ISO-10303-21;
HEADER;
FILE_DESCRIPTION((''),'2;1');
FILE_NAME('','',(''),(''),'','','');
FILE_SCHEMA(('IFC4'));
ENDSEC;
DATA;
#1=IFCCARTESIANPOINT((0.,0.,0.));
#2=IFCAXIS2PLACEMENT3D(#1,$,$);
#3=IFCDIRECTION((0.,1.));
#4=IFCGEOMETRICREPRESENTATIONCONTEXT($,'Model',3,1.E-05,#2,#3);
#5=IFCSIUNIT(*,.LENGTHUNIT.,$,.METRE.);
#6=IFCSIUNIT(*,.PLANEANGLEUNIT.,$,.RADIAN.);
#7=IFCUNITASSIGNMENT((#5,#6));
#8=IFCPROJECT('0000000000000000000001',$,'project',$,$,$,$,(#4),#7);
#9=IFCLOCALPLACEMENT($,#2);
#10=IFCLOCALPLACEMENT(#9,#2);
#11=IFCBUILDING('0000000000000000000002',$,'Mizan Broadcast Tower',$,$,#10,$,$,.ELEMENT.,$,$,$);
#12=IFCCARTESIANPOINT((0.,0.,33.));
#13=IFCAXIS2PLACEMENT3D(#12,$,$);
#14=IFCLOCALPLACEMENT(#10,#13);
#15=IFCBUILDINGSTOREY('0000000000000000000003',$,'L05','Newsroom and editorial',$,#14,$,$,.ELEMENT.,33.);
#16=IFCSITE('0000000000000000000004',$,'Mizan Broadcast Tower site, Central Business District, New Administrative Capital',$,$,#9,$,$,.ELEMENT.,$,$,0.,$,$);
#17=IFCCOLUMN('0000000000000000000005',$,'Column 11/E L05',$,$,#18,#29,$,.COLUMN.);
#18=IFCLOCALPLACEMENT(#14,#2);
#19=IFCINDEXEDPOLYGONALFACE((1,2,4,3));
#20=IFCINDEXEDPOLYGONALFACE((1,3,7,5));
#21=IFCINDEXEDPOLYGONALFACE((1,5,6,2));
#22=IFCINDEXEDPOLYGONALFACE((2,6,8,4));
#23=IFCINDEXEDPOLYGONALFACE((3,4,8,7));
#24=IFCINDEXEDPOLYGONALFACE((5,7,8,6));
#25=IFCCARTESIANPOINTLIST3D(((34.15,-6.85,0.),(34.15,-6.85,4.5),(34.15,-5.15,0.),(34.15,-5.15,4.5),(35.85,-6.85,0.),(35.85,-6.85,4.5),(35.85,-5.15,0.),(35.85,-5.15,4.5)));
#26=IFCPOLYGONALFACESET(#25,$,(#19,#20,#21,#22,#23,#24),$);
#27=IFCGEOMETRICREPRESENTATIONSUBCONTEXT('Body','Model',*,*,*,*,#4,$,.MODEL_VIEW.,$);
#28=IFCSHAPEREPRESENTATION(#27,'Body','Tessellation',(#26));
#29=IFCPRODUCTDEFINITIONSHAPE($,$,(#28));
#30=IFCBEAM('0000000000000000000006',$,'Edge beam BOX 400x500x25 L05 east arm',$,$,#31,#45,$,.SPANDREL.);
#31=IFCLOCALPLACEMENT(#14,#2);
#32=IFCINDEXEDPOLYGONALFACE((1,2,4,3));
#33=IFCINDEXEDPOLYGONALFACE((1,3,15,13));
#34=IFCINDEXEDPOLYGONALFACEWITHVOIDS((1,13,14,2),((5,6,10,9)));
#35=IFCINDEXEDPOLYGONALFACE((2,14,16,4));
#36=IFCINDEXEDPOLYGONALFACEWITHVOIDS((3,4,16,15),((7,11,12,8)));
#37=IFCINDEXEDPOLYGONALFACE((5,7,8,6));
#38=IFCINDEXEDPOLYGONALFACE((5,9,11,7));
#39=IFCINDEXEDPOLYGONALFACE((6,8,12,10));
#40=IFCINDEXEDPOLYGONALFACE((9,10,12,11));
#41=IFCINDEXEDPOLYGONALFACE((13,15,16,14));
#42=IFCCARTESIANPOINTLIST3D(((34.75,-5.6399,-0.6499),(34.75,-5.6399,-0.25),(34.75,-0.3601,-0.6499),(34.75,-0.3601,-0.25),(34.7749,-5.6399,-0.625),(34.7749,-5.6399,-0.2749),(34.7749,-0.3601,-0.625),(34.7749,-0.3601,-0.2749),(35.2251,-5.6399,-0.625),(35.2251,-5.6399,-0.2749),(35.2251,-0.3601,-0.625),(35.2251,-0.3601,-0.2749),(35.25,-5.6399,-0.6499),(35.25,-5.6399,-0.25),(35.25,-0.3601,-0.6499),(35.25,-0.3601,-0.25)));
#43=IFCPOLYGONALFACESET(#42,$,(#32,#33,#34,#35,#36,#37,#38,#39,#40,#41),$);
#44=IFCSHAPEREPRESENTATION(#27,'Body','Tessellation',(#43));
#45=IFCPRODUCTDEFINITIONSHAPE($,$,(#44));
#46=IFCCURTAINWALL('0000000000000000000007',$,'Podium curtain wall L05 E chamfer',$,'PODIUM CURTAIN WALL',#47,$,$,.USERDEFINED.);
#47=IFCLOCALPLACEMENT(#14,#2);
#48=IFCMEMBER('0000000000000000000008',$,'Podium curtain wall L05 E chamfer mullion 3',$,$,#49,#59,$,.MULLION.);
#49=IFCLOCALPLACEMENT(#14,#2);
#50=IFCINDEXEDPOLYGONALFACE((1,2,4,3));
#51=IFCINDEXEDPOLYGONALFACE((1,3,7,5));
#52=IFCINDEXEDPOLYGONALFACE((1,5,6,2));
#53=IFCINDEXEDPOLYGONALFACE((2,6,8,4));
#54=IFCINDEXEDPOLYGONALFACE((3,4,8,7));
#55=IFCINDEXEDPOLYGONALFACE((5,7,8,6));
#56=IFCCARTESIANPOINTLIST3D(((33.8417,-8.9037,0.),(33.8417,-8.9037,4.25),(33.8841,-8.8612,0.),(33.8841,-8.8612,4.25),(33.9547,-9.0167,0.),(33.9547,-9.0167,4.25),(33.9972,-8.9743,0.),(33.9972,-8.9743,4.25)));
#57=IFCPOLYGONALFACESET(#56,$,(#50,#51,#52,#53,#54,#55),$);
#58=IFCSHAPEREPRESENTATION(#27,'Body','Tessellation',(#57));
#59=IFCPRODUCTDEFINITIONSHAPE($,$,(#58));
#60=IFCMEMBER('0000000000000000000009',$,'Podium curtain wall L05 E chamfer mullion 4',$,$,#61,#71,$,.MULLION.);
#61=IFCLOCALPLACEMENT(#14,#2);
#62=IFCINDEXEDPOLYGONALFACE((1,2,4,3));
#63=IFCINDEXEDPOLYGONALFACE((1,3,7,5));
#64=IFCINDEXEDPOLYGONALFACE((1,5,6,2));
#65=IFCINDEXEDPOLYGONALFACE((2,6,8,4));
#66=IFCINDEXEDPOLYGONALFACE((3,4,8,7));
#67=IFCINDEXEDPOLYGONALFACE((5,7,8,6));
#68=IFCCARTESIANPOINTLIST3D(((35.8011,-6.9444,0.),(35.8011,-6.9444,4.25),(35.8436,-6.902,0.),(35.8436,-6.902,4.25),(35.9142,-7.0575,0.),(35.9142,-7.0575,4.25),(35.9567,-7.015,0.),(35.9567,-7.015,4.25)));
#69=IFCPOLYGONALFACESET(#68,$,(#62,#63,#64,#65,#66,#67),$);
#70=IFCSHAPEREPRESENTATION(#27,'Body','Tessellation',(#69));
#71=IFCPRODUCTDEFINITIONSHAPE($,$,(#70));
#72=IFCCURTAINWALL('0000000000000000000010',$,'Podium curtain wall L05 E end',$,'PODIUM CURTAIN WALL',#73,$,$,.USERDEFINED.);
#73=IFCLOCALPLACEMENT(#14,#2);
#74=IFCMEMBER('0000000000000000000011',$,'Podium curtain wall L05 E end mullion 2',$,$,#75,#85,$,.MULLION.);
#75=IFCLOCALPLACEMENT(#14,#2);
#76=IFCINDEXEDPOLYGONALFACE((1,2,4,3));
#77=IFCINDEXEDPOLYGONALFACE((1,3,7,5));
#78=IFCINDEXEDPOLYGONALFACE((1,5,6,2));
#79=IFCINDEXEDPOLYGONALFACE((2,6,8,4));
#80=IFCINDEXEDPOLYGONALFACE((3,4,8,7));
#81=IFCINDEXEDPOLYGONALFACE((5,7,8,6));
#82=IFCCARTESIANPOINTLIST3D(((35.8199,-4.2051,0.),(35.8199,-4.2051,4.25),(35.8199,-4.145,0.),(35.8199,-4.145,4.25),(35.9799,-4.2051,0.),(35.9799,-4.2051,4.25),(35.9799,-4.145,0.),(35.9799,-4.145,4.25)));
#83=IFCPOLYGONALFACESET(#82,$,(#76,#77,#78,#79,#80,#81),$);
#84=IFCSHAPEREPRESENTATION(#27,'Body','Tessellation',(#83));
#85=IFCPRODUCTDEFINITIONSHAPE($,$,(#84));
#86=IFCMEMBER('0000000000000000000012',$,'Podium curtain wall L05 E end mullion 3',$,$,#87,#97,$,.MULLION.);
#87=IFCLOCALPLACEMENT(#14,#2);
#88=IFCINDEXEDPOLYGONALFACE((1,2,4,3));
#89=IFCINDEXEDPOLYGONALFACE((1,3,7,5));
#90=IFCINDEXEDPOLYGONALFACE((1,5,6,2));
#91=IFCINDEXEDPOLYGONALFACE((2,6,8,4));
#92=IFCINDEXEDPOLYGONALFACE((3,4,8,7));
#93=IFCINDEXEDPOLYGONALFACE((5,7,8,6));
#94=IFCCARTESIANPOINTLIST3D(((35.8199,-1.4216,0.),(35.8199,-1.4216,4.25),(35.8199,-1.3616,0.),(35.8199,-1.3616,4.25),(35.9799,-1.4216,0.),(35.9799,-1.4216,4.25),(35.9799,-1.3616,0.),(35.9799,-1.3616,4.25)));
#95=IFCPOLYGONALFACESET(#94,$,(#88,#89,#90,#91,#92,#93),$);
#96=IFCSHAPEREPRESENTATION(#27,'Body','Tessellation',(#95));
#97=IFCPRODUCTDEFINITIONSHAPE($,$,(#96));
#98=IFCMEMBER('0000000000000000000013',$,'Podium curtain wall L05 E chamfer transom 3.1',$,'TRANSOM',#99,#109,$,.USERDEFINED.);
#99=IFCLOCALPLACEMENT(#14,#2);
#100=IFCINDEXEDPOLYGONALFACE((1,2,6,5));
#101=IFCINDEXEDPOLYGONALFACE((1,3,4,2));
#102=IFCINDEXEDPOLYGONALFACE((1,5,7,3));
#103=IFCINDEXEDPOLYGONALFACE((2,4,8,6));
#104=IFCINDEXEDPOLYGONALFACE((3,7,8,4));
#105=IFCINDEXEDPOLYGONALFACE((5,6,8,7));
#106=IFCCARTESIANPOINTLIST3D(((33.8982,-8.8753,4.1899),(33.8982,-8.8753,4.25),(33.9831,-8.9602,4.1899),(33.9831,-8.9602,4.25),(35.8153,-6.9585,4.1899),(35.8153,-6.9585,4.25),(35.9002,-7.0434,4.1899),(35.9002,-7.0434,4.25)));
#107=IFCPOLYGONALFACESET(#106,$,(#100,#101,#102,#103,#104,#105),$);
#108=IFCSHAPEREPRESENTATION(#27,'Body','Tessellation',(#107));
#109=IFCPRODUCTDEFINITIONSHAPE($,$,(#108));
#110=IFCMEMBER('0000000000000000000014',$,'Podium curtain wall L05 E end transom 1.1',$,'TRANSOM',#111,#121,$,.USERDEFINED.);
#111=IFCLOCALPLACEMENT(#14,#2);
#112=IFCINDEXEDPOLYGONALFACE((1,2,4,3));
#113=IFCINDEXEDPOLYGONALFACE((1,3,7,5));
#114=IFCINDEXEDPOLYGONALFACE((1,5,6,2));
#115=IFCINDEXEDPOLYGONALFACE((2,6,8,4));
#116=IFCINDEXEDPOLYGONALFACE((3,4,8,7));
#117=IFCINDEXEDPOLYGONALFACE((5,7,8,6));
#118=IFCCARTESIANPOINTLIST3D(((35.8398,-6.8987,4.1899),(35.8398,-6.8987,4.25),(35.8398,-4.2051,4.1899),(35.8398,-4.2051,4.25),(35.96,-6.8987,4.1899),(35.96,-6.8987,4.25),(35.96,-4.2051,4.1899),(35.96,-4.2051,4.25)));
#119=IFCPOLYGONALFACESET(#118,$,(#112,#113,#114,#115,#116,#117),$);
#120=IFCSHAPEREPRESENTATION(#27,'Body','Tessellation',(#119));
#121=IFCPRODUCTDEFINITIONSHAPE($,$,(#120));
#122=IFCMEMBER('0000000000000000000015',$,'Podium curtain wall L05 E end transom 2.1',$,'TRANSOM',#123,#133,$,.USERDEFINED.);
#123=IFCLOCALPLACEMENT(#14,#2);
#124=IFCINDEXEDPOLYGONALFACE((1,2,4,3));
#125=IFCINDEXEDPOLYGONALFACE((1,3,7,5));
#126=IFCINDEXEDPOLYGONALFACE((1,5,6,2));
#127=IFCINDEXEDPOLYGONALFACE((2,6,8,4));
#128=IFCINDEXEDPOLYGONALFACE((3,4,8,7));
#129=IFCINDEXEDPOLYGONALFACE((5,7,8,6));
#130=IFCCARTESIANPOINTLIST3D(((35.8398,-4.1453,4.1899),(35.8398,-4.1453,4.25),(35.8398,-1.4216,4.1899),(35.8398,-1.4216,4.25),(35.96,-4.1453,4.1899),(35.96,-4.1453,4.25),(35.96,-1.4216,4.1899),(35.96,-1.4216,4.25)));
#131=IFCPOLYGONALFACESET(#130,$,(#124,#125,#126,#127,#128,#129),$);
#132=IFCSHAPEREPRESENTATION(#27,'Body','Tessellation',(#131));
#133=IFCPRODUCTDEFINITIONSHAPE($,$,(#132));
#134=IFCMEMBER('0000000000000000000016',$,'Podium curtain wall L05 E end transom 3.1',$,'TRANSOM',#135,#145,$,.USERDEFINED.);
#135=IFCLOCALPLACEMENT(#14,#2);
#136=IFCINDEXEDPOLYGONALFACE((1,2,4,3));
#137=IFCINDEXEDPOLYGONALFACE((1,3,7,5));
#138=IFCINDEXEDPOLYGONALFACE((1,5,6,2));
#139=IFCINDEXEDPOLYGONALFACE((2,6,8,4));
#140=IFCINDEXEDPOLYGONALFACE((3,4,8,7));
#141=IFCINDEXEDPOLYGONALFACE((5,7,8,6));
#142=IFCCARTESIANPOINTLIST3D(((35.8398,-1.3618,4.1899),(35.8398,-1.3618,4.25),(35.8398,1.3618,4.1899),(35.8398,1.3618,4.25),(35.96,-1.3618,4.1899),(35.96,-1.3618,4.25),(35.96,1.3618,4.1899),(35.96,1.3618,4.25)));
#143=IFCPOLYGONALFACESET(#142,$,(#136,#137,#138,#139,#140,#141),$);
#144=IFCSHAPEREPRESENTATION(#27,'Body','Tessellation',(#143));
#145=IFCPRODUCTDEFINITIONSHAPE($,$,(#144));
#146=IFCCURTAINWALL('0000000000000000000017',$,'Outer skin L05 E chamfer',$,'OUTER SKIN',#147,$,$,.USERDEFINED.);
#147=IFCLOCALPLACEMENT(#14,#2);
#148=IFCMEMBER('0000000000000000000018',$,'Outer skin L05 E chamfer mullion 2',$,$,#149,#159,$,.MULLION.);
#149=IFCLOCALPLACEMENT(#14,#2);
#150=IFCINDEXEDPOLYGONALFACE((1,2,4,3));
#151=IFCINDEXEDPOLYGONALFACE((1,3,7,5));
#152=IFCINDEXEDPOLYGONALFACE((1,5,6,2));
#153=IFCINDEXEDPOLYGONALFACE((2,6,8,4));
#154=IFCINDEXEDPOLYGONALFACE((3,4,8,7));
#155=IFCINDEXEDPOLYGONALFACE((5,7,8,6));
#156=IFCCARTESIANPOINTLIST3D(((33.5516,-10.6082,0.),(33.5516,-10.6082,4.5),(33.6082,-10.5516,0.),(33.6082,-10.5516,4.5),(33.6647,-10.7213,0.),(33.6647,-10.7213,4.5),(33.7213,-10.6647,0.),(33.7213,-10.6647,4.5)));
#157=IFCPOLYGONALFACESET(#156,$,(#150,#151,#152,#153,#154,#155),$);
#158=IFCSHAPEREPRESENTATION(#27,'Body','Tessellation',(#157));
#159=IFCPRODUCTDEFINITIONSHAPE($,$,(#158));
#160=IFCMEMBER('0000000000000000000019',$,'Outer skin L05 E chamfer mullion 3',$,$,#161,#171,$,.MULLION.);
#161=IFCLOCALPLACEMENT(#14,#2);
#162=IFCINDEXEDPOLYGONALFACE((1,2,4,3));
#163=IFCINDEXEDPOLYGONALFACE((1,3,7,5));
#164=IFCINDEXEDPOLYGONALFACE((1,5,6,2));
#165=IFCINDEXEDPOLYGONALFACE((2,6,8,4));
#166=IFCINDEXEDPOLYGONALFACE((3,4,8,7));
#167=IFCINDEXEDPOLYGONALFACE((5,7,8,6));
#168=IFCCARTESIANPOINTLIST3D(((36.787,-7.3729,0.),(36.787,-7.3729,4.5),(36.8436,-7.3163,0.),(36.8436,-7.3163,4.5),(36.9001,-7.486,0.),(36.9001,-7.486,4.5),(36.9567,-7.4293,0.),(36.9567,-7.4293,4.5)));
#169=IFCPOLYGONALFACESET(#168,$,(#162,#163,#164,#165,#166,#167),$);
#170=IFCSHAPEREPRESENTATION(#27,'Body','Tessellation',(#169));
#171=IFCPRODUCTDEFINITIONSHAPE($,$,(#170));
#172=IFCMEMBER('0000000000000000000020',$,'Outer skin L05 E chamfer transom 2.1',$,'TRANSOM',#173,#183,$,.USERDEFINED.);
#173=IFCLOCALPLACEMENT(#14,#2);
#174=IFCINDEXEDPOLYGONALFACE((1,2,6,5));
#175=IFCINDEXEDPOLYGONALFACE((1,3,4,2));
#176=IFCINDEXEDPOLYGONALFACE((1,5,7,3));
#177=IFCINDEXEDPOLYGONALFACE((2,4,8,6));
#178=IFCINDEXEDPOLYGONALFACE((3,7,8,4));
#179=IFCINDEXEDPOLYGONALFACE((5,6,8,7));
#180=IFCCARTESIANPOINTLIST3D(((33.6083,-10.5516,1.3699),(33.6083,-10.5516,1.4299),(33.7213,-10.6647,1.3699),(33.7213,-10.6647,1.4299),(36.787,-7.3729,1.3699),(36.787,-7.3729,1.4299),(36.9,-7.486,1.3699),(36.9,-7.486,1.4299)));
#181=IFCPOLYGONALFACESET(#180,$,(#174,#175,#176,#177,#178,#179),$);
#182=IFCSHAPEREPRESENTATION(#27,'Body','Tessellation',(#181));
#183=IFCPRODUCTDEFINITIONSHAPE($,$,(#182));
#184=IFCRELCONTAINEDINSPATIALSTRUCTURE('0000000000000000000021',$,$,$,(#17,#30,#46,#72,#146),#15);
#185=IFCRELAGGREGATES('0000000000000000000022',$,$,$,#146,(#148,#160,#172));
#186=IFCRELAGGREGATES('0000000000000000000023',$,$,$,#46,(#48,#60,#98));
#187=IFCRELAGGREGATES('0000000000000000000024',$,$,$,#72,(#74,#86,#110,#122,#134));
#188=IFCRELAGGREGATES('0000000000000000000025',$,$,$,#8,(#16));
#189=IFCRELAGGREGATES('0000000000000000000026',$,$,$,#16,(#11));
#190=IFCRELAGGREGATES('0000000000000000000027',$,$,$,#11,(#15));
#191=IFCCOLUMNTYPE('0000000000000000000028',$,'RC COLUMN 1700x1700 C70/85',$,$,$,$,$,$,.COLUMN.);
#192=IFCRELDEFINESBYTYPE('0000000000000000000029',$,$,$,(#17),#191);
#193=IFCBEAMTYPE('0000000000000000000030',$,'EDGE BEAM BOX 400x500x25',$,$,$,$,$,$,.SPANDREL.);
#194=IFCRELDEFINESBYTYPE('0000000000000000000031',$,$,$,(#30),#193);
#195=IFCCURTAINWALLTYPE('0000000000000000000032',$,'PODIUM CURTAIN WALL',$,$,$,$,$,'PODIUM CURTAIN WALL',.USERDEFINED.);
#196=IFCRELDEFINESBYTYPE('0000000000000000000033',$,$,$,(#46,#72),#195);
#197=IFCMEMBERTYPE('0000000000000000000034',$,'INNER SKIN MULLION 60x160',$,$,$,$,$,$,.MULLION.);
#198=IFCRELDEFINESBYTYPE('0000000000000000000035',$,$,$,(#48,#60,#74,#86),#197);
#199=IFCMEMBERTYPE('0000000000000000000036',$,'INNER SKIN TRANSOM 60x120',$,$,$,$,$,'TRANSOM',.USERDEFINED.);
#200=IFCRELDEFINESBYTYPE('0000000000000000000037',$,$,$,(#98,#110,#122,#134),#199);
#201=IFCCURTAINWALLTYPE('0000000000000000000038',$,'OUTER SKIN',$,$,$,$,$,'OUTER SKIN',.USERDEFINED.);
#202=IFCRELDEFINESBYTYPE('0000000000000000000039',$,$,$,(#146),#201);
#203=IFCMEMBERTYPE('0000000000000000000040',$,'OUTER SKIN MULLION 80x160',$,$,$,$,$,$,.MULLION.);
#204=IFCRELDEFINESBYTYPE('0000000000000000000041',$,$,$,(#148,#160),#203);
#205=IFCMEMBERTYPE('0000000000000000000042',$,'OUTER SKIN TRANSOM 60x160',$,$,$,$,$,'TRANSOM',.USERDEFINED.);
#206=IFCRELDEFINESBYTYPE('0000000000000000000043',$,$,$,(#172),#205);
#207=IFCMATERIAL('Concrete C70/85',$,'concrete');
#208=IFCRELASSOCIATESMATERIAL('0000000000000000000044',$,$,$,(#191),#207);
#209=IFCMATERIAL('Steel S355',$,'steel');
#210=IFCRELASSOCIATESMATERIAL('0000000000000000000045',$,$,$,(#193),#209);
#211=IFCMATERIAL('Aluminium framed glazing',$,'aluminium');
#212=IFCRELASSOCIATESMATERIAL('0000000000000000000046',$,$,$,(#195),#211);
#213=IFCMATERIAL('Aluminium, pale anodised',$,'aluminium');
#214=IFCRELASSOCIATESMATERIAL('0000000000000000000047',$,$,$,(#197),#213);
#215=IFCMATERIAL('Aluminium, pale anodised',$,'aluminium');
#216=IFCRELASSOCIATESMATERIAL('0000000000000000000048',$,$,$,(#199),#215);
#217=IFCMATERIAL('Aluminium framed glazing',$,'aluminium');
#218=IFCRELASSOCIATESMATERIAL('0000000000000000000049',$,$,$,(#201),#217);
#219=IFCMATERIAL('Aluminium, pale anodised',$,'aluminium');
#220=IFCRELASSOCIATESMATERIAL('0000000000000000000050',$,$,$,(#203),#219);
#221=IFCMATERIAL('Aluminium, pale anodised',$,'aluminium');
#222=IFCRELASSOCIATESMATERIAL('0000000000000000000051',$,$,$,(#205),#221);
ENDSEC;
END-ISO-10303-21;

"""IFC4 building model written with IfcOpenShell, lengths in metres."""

from ifc_helpers import new_model, si_unit, direction, frame, origin, origin_2d, place, context, subcontext, project, spatial, rectangle, hollow_rectangle, extrude, material, material_profile, profile_set, type_object, element, aggregate, save


model = new_model("IFC4")

# Units and contexts
model_context = context("Model", 3, precision=1e-05, world=origin(), true_north=direction((0.0, 1.0)))
body_context = subcontext(model_context, "Body", "Model", "MODEL_VIEW")
ifc_project = project(units=[si_unit("LENGTHUNIT", "METRE"), si_unit("PLANEANGLEUNIT", "RADIAN")], contexts=[model_context])

# Site, building, storey
site_placement = place(None, origin())
site = spatial("IfcSite", under=ifc_project, at=site_placement, Name="Mizan Broadcast Tower site, Central Business District, New Administrative Capital", CompositionType="ELEMENT", RefElevation=0.0)
building_placement = place(site_placement, origin())
building = spatial("IfcBuilding", under=site, at=building_placement, Name="Mizan Broadcast Tower", CompositionType="ELEMENT")
storey_placement = place(building_placement, frame((0.0, 0.0, 33.0)))
storey = spatial("IfcBuildingStorey", under=building, at=storey_placement, Name="L05", Description="Newsroom and editorial", CompositionType="ELEMENT", Elevation=33.0)

# Column
ifc_material_1 = material(Name="Concrete C70/85", Category="concrete")
ifc_material_profile_1 = material_profile(ifc_material_1, rectangle(XDim=1.7, YDim=1.7, at=origin_2d()), Name="RC 1700x1700")
ifc_profile_set_1 = profile_set([ifc_material_profile_1], Name="Concrete C70/85")
column_type = type_object("IfcColumnType", Name="RC COLUMN 1700x1700 C70/85", PredefinedType="COLUMN", material=ifc_profile_set_1)
column_placement = place(storey_placement, frame((35.0, -6.0, 0.0), z_axis=(0.0, 0.0, 1.0), x_axis=(1.0, 0.0, 0.0)))
element("IfcColumn", 1, at=column_placement, inside=storey, type_object=column_type, Name="Column 11/E L05", PredefinedType="COLUMN", context=body_context, shape_type="SweptSolid", body=[
    extrude(rectangle(XDim=1.7, YDim=1.7, at=origin_2d()), origin(), (0.0, 0.0, 1.0), 4.5),
])

# Beam
ifc_material_2 = material(Name="Steel S355", Category="steel")
ifc_material_profile_2 = material_profile(ifc_material_2, hollow_rectangle(XDim=0.5, YDim=0.3999, WallThickness=0.0249, at=origin_2d()), Name="BOX 400x500x25")
ifc_profile_set_2 = profile_set([ifc_material_profile_2], Name="Steel S355")
beam_type = type_object("IfcBeamType", Name="EDGE BEAM BOX 400x500x25", PredefinedType="SPANDREL", material=ifc_profile_set_2)
beam_placement = place(storey_placement, frame((35.0, -5.6399, -0.45), z_axis=(0.0, 1.0, 0.0), x_axis=(-1.0, 0.0, 0.0)))
element("IfcBeam", 2, at=beam_placement, inside=storey, type_object=beam_type, Name="Edge beam BOX 400x500x25 L05 east arm", PredefinedType="SPANDREL", context=body_context, shape_type="SweptSolid", body=[
    extrude(hollow_rectangle(XDim=0.5, YDim=0.3999, WallThickness=0.0249, at=origin_2d()), origin(), (0.0, 0.0, 1.0), 5.2798),
])

# Curtain walls, members
ifc_material_3 = material(Name="Aluminium framed glazing", Category="aluminium")
curtain_wall_type_1 = type_object("IfcCurtainWallType", Name="PODIUM CURTAIN WALL", ElementType="PODIUM CURTAIN WALL", PredefinedType="USERDEFINED", material=ifc_material_3)
curtain_wall_1_placement = place(storey_placement, origin())
curtain_wall_1 = element("IfcCurtainWall", 3, at=curtain_wall_1_placement, inside=storey, type_object=curtain_wall_type_1, Name="Podium curtain wall L05 E chamfer", ObjectType="PODIUM CURTAIN WALL", PredefinedType="USERDEFINED")
ifc_material_4 = material(Name="Aluminium, pale anodised", Category="aluminium")
ifc_material_profile_3 = material_profile(ifc_material_4, rectangle(XDim=0.1599, YDim=0.0601, at=origin_2d()), Name="MULLION 160x60")
ifc_profile_set_3 = profile_set([ifc_material_profile_3], Name="Aluminium, pale anodised")
member_type_1 = type_object("IfcMemberType", Name="INNER SKIN MULLION 60x160", PredefinedType="MULLION", material=ifc_profile_set_3)
member_1_placement = place(storey_placement, frame((33.9194, -8.939, 0.0), z_axis=(0.0, 0.0, 1.0), x_axis=(-0.707107, 0.707107, 0.0)))
member_1 = element("IfcMember", 4, at=member_1_placement, type_object=member_type_1, Name="Podium curtain wall L05 E chamfer mullion 3", PredefinedType="MULLION", context=body_context, shape_type="SweptSolid", body=[
    extrude(rectangle(XDim=0.1599, YDim=0.0601, at=origin_2d()), origin(), (0.0, 0.0, 1.0), 4.25),
])
member_2_placement = place(storey_placement, frame((35.8789, -6.9797, 0.0), z_axis=(0.0, 0.0, 1.0), x_axis=(-0.707107, 0.707107, 0.0)))
member_2 = element("IfcMember", 5, at=member_2_placement, type_object=member_type_1, Name="Podium curtain wall L05 E chamfer mullion 4", PredefinedType="MULLION", context=body_context, shape_type="SweptSolid", body=[
    extrude(rectangle(XDim=0.1599, YDim=0.0601, at=origin_2d()), origin(), (0.0, 0.0, 1.0), 4.25),
])
curtain_wall_2_placement = place(storey_placement, origin())
curtain_wall_2 = element("IfcCurtainWall", 6, at=curtain_wall_2_placement, inside=storey, type_object=curtain_wall_type_1, Name="Podium curtain wall L05 E end", ObjectType="PODIUM CURTAIN WALL", PredefinedType="USERDEFINED")
member_3_placement = place(storey_placement, frame((35.8999, -4.175, 0.0), z_axis=(0.0, 0.0, 1.0), x_axis=(-1.0, 0.0, 0.0)))
member_3 = element("IfcMember", 7, at=member_3_placement, type_object=member_type_1, Name="Podium curtain wall L05 E end mullion 2", PredefinedType="MULLION", context=body_context, shape_type="SweptSolid", body=[
    extrude(rectangle(XDim=0.1599, YDim=0.0601, at=origin_2d()), origin(), (0.0, 0.0, 1.0), 4.25),
])
member_4_placement = place(storey_placement, frame((35.8999, -1.3916, 0.0), z_axis=(0.0, 0.0, 1.0), x_axis=(-1.0, 0.0, 0.0)))
member_4 = element("IfcMember", 8, at=member_4_placement, type_object=member_type_1, Name="Podium curtain wall L05 E end mullion 3", PredefinedType="MULLION", context=body_context, shape_type="SweptSolid", body=[
    extrude(rectangle(XDim=0.1599, YDim=0.0601, at=origin_2d()), origin(), (0.0, 0.0, 1.0), 4.25),
])

# Members
ifc_material_5 = material(Name="Aluminium, pale anodised", Category="aluminium")
ifc_material_profile_4 = material_profile(ifc_material_5, rectangle(XDim=0.1201, YDim=0.0601, at=origin_2d()), Name="TRANSOM 120x60")
ifc_profile_set_4 = profile_set([ifc_material_profile_4], Name="Aluminium, pale anodised")
member_type_2 = type_object("IfcMemberType", Name="INNER SKIN TRANSOM 60x120", ElementType="TRANSOM", PredefinedType="USERDEFINED", material=ifc_profile_set_4)
member_5_placement = place(storey_placement, frame((33.9407, -8.9177, 4.22), z_axis=(0.707152, 0.707062, 0.0), x_axis=(-0.707062, 0.707152, 0.0)))
member_5 = element("IfcMember", 9, at=member_5_placement, type_object=member_type_2, Name="Podium curtain wall L05 E chamfer transom 3.1", ObjectType="TRANSOM", PredefinedType="USERDEFINED", context=body_context, shape_type="SweptSolid", body=[
    extrude(rectangle(XDim=0.1201, YDim=0.0601, at=origin_2d()), origin(), (0.0, 0.0, 1.0), 2.7109),
])
member_6_placement = place(storey_placement, frame((35.8999, -6.8987, 4.22), z_axis=(0.0, 1.0, 0.0), x_axis=(-1.0, 0.0, 0.0)))
member_6 = element("IfcMember", 10, at=member_6_placement, type_object=member_type_2, Name="Podium curtain wall L05 E end transom 1.1", ObjectType="TRANSOM", PredefinedType="USERDEFINED", context=body_context, shape_type="SweptSolid", body=[
    extrude(rectangle(XDim=0.1201, YDim=0.0601, at=origin_2d()), origin(), (0.0, 0.0, 1.0), 2.6936),
])
member_7_placement = place(storey_placement, frame((35.8999, -4.1453, 4.22), z_axis=(0.0, 1.0, 0.0), x_axis=(-1.0, 0.0, 0.0)))
member_7 = element("IfcMember", 11, at=member_7_placement, type_object=member_type_2, Name="Podium curtain wall L05 E end transom 2.1", ObjectType="TRANSOM", PredefinedType="USERDEFINED", context=body_context, shape_type="SweptSolid", body=[
    extrude(rectangle(XDim=0.1201, YDim=0.0601, at=origin_2d()), origin(), (0.0, 0.0, 1.0), 2.7236),
])
member_8_placement = place(storey_placement, frame((35.8999, -1.3618, 4.22), z_axis=(0.0, 1.0, 0.0), x_axis=(-1.0, 0.0, 0.0)))
member_8 = element("IfcMember", 12, at=member_8_placement, type_object=member_type_2, Name="Podium curtain wall L05 E end transom 3.1", ObjectType="TRANSOM", PredefinedType="USERDEFINED", context=body_context, shape_type="SweptSolid", body=[
    extrude(rectangle(XDim=0.1201, YDim=0.0601, at=origin_2d()), origin(), (0.0, 0.0, 1.0), 2.7236),
])

# Curtain wall, members
ifc_material_6 = material(Name="Aluminium framed glazing", Category="aluminium")
curtain_wall_type_2 = type_object("IfcCurtainWallType", Name="OUTER SKIN", ElementType="OUTER SKIN", PredefinedType="USERDEFINED", material=ifc_material_6)
curtain_wall_3_placement = place(storey_placement, origin())
curtain_wall_3 = element("IfcCurtainWall", 13, at=curtain_wall_3_placement, inside=storey, type_object=curtain_wall_type_2, Name="Outer skin L05 E chamfer", ObjectType="OUTER SKIN", PredefinedType="USERDEFINED")
ifc_material_7 = material(Name="Aluminium, pale anodised", Category="aluminium")
ifc_material_profile_5 = material_profile(ifc_material_7, rectangle(XDim=0.1599, YDim=0.0801, at=origin_2d()), Name="MULLION 160x80")
ifc_profile_set_5 = profile_set([ifc_material_profile_5], Name="Aluminium, pale anodised")
member_type_3 = type_object("IfcMemberType", Name="OUTER SKIN MULLION 80x160", PredefinedType="MULLION", material=ifc_profile_set_5)
member_9_placement = place(storey_placement, frame((33.6365, -10.6365, 0.0), z_axis=(0.0, 0.0, 1.0), x_axis=(-0.707107, 0.707107, 0.0)))
member_9 = element("IfcMember", 14, at=member_9_placement, type_object=member_type_3, Name="Outer skin L05 E chamfer mullion 2", PredefinedType="MULLION", context=body_context, shape_type="SweptSolid", body=[
    extrude(rectangle(XDim=0.1599, YDim=0.0801, at=origin_2d()), origin(), (0.0, 0.0, 1.0), 4.5),
])
member_10_placement = place(storey_placement, frame((36.8718, -7.4011, 0.0), z_axis=(0.0, 0.0, 1.0), x_axis=(-0.707107, 0.707107, 0.0)))
member_10 = element("IfcMember", 15, at=member_10_placement, type_object=member_type_3, Name="Outer skin L05 E chamfer mullion 3", PredefinedType="MULLION", context=body_context, shape_type="SweptSolid", body=[
    extrude(rectangle(XDim=0.1599, YDim=0.0801, at=origin_2d()), origin(), (0.0, 0.0, 1.0), 4.5),
])
ifc_material_8 = material(Name="Aluminium, pale anodised", Category="aluminium")
ifc_material_profile_6 = material_profile(ifc_material_8, rectangle(XDim=0.1599, YDim=0.0601, at=origin_2d()), Name="TRANSOM 160x60")
ifc_profile_set_6 = profile_set([ifc_material_profile_6], Name="Aluminium, pale anodised")
member_type_4 = type_object("IfcMemberType", Name="OUTER SKIN TRANSOM 60x160", ElementType="TRANSOM", PredefinedType="USERDEFINED", material=ifc_profile_set_6)
member_11_placement = place(storey_placement, frame((33.6648, -10.6082, 1.3999), z_axis=(0.707107, 0.707107, 0.0), x_axis=(-0.707107, 0.707107, 0.0)))
member_11 = element("IfcMember", 16, at=member_11_placement, type_object=member_type_4, Name="Outer skin L05 E chamfer transom 2.1", ObjectType="TRANSOM", PredefinedType="USERDEFINED", context=body_context, shape_type="SweptSolid", body=[
    extrude(rectangle(XDim=0.1599, YDim=0.0601, at=origin_2d()), origin(), (0.0, 0.0, 1.0), 4.4954),
])

aggregate(curtain_wall_3, [member_9, member_10, member_11])
aggregate(curtain_wall_1, [member_1, member_2, member_5])
aggregate(curtain_wall_2, [member_3, member_4, member_6, member_7, member_8])

save(model, "model.ifc")
